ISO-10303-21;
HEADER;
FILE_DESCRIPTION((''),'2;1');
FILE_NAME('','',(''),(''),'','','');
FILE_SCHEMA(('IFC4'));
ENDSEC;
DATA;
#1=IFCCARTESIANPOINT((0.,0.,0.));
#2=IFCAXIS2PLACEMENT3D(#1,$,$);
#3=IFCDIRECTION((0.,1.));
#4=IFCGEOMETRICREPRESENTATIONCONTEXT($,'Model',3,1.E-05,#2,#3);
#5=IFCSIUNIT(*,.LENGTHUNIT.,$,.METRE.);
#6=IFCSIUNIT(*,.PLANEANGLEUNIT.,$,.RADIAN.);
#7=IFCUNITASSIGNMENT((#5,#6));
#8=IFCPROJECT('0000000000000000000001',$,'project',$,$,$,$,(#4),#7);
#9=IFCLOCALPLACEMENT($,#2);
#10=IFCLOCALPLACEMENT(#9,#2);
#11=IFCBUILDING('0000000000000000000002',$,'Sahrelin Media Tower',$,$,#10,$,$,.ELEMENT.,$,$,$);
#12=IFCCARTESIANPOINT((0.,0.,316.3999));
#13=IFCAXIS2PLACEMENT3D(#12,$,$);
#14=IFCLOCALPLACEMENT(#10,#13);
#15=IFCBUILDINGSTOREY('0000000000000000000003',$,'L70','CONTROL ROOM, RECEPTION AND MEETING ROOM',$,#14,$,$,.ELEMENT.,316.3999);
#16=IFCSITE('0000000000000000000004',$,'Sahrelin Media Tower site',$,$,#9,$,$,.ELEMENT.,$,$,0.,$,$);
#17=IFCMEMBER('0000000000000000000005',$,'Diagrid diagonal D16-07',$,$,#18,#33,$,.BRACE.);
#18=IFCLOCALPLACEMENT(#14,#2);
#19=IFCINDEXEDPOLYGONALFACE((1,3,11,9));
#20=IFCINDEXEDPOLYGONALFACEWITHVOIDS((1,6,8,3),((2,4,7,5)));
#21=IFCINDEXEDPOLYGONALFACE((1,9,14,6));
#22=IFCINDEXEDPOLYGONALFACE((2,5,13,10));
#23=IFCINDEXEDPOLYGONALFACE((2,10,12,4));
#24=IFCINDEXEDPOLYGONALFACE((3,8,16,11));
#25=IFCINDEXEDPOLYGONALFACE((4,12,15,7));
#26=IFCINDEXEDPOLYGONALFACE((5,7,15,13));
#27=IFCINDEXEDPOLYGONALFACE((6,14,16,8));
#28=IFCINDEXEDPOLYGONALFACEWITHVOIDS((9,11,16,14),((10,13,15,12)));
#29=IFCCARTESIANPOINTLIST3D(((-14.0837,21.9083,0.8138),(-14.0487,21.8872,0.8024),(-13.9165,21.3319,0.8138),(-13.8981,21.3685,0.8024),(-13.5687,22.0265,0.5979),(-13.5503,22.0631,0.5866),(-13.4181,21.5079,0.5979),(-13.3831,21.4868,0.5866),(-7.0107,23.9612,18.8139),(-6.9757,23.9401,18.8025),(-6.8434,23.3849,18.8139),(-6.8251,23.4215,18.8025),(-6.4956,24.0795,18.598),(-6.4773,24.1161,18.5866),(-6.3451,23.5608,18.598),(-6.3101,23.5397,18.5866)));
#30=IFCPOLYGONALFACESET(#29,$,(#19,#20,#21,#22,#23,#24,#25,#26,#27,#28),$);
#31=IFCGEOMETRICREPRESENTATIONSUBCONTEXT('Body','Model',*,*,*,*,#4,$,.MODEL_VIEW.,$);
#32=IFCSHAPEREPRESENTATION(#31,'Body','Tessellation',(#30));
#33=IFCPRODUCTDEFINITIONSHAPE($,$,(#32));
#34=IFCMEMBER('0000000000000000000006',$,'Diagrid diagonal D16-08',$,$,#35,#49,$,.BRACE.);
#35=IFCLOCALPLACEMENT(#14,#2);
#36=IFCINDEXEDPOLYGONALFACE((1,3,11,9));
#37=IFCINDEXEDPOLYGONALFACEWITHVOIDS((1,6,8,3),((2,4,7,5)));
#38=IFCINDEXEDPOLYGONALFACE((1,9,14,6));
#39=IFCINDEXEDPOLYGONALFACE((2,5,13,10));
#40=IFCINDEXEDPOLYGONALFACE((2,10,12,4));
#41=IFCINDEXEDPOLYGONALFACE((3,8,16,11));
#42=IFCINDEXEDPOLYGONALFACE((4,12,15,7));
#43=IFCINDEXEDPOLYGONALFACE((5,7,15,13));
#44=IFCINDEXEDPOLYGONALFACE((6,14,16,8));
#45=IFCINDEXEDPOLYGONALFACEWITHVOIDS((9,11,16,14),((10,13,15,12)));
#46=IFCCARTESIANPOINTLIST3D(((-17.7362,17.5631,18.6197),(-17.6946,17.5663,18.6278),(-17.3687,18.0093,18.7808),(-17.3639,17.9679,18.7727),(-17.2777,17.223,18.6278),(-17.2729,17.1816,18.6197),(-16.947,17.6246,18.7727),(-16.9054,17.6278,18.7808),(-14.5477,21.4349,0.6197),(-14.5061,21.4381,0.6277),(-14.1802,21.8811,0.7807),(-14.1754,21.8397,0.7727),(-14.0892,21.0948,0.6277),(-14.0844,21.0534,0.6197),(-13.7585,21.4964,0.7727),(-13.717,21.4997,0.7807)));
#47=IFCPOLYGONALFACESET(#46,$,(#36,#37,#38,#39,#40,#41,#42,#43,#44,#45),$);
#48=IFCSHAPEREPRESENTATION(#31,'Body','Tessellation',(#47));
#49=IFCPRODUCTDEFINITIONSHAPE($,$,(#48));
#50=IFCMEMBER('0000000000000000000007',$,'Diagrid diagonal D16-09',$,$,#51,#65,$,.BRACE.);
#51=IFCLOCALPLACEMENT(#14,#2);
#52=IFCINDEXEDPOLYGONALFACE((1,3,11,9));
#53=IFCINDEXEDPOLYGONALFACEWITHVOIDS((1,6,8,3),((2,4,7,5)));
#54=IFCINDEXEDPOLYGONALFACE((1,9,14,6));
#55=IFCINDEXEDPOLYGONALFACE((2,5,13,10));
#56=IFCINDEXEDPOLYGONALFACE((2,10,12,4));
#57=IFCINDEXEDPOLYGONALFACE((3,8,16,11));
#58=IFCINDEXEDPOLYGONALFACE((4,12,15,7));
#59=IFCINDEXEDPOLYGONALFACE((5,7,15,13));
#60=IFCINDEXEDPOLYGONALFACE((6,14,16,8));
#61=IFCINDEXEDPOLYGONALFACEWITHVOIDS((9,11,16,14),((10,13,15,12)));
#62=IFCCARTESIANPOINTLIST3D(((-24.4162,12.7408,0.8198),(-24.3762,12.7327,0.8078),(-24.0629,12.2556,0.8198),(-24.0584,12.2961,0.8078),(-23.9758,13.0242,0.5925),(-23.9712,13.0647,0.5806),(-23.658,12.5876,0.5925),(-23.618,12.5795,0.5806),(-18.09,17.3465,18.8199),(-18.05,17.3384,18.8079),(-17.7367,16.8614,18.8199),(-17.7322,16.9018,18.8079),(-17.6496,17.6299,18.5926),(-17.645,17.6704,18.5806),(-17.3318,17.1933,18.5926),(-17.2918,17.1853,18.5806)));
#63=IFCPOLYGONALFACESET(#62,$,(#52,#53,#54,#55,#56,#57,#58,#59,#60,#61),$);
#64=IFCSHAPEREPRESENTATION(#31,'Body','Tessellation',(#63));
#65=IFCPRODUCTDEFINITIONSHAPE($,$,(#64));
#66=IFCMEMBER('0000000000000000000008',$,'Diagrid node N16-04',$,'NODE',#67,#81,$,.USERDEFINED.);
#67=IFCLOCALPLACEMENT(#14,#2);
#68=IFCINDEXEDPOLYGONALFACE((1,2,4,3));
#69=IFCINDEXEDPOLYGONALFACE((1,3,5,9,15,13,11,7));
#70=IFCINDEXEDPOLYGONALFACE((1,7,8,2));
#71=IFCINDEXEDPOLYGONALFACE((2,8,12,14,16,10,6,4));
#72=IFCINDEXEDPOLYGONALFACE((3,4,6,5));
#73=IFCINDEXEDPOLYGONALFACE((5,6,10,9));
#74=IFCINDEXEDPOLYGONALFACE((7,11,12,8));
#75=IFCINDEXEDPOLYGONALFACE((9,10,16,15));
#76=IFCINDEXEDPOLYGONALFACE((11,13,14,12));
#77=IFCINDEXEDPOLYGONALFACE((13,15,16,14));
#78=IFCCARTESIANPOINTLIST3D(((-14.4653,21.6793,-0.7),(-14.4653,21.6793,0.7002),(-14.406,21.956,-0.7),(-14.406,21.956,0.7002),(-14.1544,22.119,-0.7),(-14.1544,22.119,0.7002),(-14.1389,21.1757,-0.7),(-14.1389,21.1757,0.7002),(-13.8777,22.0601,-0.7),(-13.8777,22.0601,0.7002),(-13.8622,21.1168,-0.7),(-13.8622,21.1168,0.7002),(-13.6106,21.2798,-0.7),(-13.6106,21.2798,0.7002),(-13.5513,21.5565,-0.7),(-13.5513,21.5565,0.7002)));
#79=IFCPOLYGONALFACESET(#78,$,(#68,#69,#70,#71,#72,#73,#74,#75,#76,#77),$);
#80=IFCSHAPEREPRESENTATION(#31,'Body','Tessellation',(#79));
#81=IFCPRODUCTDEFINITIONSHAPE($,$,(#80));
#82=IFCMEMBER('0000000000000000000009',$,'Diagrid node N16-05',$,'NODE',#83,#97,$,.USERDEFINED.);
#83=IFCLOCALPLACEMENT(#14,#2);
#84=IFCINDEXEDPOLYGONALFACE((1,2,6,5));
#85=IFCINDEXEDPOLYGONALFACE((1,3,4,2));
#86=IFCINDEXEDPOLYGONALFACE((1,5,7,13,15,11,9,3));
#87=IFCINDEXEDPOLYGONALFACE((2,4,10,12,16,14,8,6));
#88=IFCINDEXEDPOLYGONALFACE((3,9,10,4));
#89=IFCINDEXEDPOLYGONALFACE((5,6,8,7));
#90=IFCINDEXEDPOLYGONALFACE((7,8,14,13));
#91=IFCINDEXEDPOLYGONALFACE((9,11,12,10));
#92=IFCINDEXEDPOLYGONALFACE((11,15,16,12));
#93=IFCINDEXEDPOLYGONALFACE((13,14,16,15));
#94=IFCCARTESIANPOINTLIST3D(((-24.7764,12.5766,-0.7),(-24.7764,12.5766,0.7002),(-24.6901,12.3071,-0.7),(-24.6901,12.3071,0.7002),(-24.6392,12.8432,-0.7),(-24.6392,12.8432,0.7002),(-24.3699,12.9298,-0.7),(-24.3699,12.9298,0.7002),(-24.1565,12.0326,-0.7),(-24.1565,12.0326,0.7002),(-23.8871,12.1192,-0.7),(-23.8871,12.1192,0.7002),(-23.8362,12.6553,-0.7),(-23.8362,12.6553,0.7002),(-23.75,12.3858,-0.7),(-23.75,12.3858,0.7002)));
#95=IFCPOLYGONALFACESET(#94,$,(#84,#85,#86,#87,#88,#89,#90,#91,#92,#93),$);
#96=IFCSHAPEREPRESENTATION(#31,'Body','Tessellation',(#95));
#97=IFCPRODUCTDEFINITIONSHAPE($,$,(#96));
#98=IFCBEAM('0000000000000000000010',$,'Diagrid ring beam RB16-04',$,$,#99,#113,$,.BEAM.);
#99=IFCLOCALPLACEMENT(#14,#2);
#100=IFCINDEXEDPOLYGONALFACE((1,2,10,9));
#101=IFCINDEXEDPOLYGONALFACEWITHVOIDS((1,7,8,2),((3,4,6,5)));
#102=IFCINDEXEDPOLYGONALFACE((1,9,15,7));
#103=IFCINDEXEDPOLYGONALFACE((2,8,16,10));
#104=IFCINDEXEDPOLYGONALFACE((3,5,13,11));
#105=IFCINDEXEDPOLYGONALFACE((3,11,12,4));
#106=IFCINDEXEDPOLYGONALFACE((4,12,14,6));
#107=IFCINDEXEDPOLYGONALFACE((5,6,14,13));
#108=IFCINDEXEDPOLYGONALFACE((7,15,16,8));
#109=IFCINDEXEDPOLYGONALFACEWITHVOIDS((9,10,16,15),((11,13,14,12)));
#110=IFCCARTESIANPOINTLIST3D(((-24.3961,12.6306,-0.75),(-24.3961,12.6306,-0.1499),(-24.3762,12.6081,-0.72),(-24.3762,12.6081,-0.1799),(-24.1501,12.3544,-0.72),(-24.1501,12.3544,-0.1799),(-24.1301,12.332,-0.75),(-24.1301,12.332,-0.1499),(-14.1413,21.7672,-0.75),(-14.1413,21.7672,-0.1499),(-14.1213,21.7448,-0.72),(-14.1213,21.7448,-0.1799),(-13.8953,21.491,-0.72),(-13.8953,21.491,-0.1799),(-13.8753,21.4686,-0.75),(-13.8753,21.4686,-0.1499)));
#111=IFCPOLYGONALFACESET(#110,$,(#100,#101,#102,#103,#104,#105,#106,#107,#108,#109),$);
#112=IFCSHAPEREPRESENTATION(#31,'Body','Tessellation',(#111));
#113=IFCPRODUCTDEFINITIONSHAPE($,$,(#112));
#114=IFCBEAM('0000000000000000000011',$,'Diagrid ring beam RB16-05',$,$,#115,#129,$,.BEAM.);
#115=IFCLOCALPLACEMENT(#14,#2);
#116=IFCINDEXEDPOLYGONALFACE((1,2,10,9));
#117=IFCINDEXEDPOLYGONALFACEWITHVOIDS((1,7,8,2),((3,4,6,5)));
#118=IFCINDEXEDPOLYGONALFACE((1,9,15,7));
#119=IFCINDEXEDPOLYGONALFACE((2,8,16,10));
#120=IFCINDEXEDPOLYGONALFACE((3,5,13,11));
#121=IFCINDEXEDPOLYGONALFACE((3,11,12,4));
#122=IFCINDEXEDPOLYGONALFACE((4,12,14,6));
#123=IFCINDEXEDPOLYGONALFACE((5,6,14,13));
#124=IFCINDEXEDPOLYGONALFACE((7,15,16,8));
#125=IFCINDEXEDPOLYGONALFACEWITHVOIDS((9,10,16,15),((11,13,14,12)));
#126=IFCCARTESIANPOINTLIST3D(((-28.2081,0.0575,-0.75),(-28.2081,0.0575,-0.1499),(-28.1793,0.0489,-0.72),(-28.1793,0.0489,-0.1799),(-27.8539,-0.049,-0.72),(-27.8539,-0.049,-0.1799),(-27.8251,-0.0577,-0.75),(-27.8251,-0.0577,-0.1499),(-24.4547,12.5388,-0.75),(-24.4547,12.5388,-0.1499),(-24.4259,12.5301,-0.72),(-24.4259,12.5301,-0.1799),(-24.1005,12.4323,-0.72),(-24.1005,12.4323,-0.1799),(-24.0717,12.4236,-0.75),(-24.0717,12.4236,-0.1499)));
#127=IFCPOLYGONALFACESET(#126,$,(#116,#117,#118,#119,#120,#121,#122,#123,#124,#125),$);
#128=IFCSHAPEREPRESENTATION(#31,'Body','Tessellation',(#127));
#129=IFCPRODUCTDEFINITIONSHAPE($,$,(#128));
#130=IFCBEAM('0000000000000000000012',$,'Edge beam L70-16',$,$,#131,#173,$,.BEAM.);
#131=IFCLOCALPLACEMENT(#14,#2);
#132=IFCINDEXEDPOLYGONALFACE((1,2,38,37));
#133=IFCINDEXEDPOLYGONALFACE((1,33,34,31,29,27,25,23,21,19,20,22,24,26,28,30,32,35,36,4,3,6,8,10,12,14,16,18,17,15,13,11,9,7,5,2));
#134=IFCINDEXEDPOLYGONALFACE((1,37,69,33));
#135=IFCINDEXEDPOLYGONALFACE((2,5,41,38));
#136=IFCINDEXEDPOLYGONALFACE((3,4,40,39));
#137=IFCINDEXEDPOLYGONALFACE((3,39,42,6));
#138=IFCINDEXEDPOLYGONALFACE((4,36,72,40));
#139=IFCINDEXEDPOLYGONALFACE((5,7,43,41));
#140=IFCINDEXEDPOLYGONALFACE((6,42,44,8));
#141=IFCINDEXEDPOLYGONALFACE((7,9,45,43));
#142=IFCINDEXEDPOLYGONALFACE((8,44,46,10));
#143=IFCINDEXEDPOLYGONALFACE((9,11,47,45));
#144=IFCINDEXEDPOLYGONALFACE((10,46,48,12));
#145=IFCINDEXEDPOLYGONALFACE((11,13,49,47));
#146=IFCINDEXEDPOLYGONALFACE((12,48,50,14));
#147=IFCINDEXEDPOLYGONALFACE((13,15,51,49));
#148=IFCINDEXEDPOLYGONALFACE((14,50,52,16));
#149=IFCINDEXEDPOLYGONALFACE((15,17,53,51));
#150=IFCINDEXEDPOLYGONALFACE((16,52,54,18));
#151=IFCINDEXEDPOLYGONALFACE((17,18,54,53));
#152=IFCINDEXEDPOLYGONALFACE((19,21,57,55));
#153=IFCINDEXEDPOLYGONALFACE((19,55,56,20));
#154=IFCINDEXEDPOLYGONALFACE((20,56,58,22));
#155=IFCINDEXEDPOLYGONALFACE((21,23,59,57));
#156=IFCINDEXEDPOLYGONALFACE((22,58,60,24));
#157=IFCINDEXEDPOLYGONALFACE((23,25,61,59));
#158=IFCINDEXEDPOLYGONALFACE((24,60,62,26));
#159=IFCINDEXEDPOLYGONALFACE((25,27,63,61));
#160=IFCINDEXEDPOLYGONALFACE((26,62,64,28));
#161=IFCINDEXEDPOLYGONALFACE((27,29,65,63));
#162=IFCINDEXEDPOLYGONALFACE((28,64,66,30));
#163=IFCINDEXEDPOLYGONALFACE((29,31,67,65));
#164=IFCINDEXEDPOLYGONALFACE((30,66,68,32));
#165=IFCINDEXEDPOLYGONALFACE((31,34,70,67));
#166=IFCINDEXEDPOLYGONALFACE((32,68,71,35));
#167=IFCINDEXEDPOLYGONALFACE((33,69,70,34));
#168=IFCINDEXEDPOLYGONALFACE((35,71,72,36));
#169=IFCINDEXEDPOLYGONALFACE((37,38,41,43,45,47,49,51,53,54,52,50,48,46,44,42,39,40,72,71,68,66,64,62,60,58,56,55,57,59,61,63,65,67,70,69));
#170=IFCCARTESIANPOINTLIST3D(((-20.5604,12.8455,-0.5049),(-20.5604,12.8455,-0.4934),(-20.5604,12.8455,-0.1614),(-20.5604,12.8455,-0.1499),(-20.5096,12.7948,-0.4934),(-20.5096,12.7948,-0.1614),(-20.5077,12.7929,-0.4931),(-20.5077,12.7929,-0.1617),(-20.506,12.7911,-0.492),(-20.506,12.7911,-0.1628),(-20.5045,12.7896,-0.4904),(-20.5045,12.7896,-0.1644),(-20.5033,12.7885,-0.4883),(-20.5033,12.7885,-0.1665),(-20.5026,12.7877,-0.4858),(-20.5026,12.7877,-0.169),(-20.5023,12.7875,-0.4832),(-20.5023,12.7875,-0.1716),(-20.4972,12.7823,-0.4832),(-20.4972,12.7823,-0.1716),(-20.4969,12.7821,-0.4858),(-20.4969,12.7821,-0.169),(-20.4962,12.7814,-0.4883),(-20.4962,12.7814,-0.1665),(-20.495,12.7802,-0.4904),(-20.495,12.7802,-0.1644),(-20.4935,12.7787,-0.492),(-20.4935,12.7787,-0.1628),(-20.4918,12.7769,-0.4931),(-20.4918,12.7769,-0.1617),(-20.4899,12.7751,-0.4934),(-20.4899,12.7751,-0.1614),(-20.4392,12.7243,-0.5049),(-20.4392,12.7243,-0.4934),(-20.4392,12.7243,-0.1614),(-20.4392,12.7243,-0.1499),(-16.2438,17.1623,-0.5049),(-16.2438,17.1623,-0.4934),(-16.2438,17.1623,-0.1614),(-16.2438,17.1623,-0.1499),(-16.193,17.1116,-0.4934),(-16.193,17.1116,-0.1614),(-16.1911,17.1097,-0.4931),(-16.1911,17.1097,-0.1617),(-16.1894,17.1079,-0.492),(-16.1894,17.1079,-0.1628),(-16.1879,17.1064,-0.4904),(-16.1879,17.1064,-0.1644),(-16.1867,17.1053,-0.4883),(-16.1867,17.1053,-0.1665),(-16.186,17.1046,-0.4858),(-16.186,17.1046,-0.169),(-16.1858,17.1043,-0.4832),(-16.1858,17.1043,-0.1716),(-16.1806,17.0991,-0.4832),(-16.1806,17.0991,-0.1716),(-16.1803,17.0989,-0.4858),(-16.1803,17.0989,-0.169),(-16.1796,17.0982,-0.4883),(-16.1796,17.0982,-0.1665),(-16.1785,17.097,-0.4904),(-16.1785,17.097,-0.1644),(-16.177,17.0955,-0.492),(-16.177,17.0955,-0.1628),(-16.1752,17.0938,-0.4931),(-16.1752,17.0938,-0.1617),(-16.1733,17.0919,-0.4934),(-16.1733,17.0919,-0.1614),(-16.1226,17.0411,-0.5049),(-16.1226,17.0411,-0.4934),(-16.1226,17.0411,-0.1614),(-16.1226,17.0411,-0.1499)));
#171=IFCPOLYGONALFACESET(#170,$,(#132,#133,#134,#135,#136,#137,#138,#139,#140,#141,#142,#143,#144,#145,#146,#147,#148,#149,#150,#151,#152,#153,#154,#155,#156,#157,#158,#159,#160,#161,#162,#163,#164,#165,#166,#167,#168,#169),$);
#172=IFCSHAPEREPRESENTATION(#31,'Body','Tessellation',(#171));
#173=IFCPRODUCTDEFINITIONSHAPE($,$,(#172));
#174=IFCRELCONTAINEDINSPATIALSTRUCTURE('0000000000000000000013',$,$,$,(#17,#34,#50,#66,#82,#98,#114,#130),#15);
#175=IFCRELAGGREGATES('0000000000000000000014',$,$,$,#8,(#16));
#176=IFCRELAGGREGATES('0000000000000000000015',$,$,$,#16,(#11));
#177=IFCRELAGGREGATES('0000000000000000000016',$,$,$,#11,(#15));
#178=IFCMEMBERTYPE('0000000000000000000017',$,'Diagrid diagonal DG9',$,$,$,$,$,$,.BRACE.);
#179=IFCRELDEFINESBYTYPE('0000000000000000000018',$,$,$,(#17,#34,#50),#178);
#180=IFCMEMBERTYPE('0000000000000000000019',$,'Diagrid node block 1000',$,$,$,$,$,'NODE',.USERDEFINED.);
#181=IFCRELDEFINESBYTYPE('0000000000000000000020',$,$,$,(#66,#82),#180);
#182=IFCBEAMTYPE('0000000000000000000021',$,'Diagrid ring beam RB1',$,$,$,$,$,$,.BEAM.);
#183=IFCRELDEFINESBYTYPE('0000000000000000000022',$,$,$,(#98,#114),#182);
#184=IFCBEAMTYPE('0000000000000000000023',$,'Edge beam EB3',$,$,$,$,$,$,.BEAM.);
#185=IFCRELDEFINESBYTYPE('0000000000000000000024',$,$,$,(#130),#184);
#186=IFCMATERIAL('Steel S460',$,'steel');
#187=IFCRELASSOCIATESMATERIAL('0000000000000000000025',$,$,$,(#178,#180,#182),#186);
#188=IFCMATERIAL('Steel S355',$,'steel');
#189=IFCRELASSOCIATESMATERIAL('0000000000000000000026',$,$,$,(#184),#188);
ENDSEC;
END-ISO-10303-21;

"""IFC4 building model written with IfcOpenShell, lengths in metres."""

from ifc_helpers import new_model, si_unit, direction, frame, origin, origin_2d, place, context, subcontext, project, spatial, polyline, hollow_rectangle, i_section, outline, extrude, material, material_profile, profile_set, type_object, element, save


model = new_model("IFC4")

# Units and contexts
model_context = context("Model", 3, precision=1e-05, world=origin(), true_north=direction((0.0, 1.0)))
body_context = subcontext(model_context, "Body", "Model", "MODEL_VIEW")
ifc_project = project(units=[si_unit("LENGTHUNIT", "METRE"), si_unit("PLANEANGLEUNIT", "RADIAN")], contexts=[model_context])

# Site, building, storey
site_placement = place(None, origin())
site = spatial("IfcSite", under=ifc_project, at=site_placement, Name="Sahrelin Media Tower site", CompositionType="ELEMENT", RefElevation=0.0)
building_placement = place(site_placement, origin())
building = spatial("IfcBuilding", under=site, at=building_placement, Name="Sahrelin Media Tower", CompositionType="ELEMENT")
storey_placement = place(building_placement, frame((0.0, 0.0, 316.3999)))
storey = spatial("IfcBuildingStorey", under=building, at=storey_placement, Name="L70", Description="CONTROL ROOM, RECEPTION AND MEETING ROOM", CompositionType="ELEMENT", Elevation=316.3999)

# Members
ifc_material_1 = material(Name="Steel S460", Category="steel")
ifc_material_profile_1 = material_profile(ifc_material_1, hollow_rectangle(XDim=0.6001, YDim=0.6001, WallThickness=0.03, at=origin_2d()), Name="Diagrid diagonal DG9")
ifc_profile_set_1 = profile_set([ifc_material_profile_1], Name="Steel S460")
member_type_1 = type_object("IfcMemberType", Name="Diagrid diagonal DG9", PredefinedType="BRACE", material=ifc_profile_set_1)
member_1_placement = place(storey_placement, frame((-13.7334, 21.6975, 0.7002), z_axis=(0.363679, 0.10556, 0.925524), x_axis=(-0.278751, 0.960363, 0.0)))
element("IfcMember", 1, at=member_1_placement, inside=storey, type_object=member_type_1, Name="Diagrid diagonal D16-07", PredefinedType="BRACE", context=body_context, shape_type="SweptSolid", body=[
    extrude(hollow_rectangle(XDim=0.6001, YDim=0.6001, WallThickness=0.03, at=origin_2d()), origin(), (0.0, 0.0, 1.0), 19.4485),
])
member_2_placement = place(storey_placement, frame((-14.1323, 21.4673, 0.7002), z_axis=(-0.170637, -0.207207, 0.963301), x_axis=(0.771939, -0.635697, 0.0)))
element("IfcMember", 2, at=member_2_placement, inside=storey, type_object=member_type_1, Name="Diagrid diagonal D16-08", PredefinedType="BRACE", context=body_context, shape_type="SweptSolid", body=[
    extrude(hollow_rectangle(XDim=0.6001, YDim=0.6001, WallThickness=0.03, at=origin_2d()), origin(), (0.0, 0.0, 1.0), 18.6858),
])
member_3_placement = place(storey_placement, frame((-24.0171, 12.6602, 0.7002), z_axis=(0.322314, 0.234658, 0.917087), x_axis=(-0.588578, 0.808441, 0.0)))
element("IfcMember", 3, at=member_3_placement, inside=storey, type_object=member_type_1, Name="Diagrid diagonal D16-09", PredefinedType="BRACE", context=body_context, shape_type="SweptSolid", body=[
    extrude(hollow_rectangle(XDim=0.6001, YDim=0.6001, WallThickness=0.03, at=origin_2d()), origin(), (0.0, 0.0, 1.0), 19.6274),
])
ifc_material_profile_2 = material_profile(ifc_material_1, outline(polyline([(0.3, -0.3501), (0.5, -0.1499), (0.5, 0.1499), (0.3, 0.3501), (-0.3, 0.3501), (-0.5, 0.1499), (-0.5, -0.1499), (-0.3, -0.3501), (0.3, -0.3501)])), Name="Diagrid node block 1000")
ifc_profile_set_2 = profile_set([ifc_material_profile_2], Name="Steel S460")
member_type_2 = type_object("IfcMemberType", Name="Diagrid node block 1000", ElementType="NODE", PredefinedType="USERDEFINED", material=ifc_profile_set_2)
for number, where, z_axis, x_axis, name in (
    (4, (-14.0083, 21.6179, -0.7), (0.0, 0.0, 1.0), (-0.54381, 0.839208, 0.0), "Diagrid node N16-04"),
    (5, (-24.2632, 12.4812, -0.7), (0.0, 0.0, 1.0), (-0.889245, 0.457432, 0.0), "Diagrid node N16-05"),
):
    element("IfcMember", number, at=place(storey_placement, frame(where, z_axis=z_axis, x_axis=x_axis)), inside=storey, type_object=member_type_2, Name=name, ObjectType="NODE", PredefinedType="USERDEFINED", context=body_context, shape_type="SweptSolid", body=[
        extrude(outline(polyline([(0.3, -0.3501), (0.5, -0.1499), (0.5, 0.1499), (0.3, 0.3501), (-0.3, 0.3501), (-0.5, 0.1499), (-0.5, -0.1499), (-0.3, -0.3501), (0.3, -0.3501)])), origin(), (0.0, 0.0, 1.0), 1.4001),
    ])

# Beams
ifc_material_profile_3 = material_profile(ifc_material_1, hollow_rectangle(XDim=0.3999, YDim=0.6001, WallThickness=0.03, at=origin_2d()), Name="Diagrid ring beam RB1")
ifc_profile_set_3 = profile_set([ifc_material_profile_3], Name="Steel S460")
beam_type_1 = type_object("IfcBeamType", Name="Diagrid ring beam RB1", PredefinedType="BEAM", material=ifc_profile_set_3)
beam_1_placement = place(storey_placement, frame((-14.0083, 21.6179, -0.45), z_axis=(-0.74664, -0.665228, 0.0), x_axis=(0.665228, -0.74664, 0.0)))
element("IfcBeam", 6, at=beam_1_placement, inside=storey, type_object=beam_type_1, Name="Diagrid ring beam RB16-04", PredefinedType="BEAM", context=body_context, shape_type="SweptSolid", body=[
    extrude(hollow_rectangle(XDim=0.3999, YDim=0.6001, WallThickness=0.03, at=origin_2d()), origin(), (0.0, 0.0, 1.0), 13.7346),
])
beam_2_placement = place(storey_placement, frame((-24.2632, 12.4812, -0.45), z_axis=(-0.287985, -0.957635, 0.0), x_axis=(0.957635, -0.287985, 0.0)))
element("IfcBeam", 7, at=beam_2_placement, inside=storey, type_object=beam_type_1, Name="Diagrid ring beam RB16-05", PredefinedType="BEAM", context=body_context, shape_type="SweptSolid", body=[
    extrude(hollow_rectangle(XDim=0.3999, YDim=0.6001, WallThickness=0.03, at=origin_2d()), origin(), (0.0, 0.0, 1.0), 13.0334),
])
ifc_material_2 = material(Name="Steel S355", Category="steel")
ifc_material_profile_4 = material_profile(ifc_material_2, i_section(OverallWidth=0.1714, OverallDepth=0.355, WebThickness=0.0073, FlangeThickness=0.0115, FilletRadius=0.0103, at=origin_2d()), Name="UB 356x171x51")
ifc_profile_set_4 = profile_set([ifc_material_profile_4], Name="Steel S355")
beam_type_2 = type_object("IfcBeamType", Name="Edge beam EB3", PredefinedType="BEAM", material=ifc_profile_set_4)
beam_3_placement = place(storey_placement, frame((-20.4998, 12.7849, -0.3274), z_axis=(0.707087, 0.707127, 0.0), x_axis=(-0.707127, 0.707087, 0.0)))
element("IfcBeam", 8, at=beam_3_placement, inside=storey, type_object=beam_type_2, Name="Edge beam L70-16", PredefinedType="BEAM", context=body_context, shape_type="SweptSolid", body=[
    extrude(i_section(OverallWidth=0.1714, OverallDepth=0.355, WebThickness=0.0073, FlangeThickness=0.0115, FilletRadius=0.0103, at=origin_2d()), origin(), (0.0, 0.0, 1.0), 6.1047),
])

save(model, "model.ifc")
